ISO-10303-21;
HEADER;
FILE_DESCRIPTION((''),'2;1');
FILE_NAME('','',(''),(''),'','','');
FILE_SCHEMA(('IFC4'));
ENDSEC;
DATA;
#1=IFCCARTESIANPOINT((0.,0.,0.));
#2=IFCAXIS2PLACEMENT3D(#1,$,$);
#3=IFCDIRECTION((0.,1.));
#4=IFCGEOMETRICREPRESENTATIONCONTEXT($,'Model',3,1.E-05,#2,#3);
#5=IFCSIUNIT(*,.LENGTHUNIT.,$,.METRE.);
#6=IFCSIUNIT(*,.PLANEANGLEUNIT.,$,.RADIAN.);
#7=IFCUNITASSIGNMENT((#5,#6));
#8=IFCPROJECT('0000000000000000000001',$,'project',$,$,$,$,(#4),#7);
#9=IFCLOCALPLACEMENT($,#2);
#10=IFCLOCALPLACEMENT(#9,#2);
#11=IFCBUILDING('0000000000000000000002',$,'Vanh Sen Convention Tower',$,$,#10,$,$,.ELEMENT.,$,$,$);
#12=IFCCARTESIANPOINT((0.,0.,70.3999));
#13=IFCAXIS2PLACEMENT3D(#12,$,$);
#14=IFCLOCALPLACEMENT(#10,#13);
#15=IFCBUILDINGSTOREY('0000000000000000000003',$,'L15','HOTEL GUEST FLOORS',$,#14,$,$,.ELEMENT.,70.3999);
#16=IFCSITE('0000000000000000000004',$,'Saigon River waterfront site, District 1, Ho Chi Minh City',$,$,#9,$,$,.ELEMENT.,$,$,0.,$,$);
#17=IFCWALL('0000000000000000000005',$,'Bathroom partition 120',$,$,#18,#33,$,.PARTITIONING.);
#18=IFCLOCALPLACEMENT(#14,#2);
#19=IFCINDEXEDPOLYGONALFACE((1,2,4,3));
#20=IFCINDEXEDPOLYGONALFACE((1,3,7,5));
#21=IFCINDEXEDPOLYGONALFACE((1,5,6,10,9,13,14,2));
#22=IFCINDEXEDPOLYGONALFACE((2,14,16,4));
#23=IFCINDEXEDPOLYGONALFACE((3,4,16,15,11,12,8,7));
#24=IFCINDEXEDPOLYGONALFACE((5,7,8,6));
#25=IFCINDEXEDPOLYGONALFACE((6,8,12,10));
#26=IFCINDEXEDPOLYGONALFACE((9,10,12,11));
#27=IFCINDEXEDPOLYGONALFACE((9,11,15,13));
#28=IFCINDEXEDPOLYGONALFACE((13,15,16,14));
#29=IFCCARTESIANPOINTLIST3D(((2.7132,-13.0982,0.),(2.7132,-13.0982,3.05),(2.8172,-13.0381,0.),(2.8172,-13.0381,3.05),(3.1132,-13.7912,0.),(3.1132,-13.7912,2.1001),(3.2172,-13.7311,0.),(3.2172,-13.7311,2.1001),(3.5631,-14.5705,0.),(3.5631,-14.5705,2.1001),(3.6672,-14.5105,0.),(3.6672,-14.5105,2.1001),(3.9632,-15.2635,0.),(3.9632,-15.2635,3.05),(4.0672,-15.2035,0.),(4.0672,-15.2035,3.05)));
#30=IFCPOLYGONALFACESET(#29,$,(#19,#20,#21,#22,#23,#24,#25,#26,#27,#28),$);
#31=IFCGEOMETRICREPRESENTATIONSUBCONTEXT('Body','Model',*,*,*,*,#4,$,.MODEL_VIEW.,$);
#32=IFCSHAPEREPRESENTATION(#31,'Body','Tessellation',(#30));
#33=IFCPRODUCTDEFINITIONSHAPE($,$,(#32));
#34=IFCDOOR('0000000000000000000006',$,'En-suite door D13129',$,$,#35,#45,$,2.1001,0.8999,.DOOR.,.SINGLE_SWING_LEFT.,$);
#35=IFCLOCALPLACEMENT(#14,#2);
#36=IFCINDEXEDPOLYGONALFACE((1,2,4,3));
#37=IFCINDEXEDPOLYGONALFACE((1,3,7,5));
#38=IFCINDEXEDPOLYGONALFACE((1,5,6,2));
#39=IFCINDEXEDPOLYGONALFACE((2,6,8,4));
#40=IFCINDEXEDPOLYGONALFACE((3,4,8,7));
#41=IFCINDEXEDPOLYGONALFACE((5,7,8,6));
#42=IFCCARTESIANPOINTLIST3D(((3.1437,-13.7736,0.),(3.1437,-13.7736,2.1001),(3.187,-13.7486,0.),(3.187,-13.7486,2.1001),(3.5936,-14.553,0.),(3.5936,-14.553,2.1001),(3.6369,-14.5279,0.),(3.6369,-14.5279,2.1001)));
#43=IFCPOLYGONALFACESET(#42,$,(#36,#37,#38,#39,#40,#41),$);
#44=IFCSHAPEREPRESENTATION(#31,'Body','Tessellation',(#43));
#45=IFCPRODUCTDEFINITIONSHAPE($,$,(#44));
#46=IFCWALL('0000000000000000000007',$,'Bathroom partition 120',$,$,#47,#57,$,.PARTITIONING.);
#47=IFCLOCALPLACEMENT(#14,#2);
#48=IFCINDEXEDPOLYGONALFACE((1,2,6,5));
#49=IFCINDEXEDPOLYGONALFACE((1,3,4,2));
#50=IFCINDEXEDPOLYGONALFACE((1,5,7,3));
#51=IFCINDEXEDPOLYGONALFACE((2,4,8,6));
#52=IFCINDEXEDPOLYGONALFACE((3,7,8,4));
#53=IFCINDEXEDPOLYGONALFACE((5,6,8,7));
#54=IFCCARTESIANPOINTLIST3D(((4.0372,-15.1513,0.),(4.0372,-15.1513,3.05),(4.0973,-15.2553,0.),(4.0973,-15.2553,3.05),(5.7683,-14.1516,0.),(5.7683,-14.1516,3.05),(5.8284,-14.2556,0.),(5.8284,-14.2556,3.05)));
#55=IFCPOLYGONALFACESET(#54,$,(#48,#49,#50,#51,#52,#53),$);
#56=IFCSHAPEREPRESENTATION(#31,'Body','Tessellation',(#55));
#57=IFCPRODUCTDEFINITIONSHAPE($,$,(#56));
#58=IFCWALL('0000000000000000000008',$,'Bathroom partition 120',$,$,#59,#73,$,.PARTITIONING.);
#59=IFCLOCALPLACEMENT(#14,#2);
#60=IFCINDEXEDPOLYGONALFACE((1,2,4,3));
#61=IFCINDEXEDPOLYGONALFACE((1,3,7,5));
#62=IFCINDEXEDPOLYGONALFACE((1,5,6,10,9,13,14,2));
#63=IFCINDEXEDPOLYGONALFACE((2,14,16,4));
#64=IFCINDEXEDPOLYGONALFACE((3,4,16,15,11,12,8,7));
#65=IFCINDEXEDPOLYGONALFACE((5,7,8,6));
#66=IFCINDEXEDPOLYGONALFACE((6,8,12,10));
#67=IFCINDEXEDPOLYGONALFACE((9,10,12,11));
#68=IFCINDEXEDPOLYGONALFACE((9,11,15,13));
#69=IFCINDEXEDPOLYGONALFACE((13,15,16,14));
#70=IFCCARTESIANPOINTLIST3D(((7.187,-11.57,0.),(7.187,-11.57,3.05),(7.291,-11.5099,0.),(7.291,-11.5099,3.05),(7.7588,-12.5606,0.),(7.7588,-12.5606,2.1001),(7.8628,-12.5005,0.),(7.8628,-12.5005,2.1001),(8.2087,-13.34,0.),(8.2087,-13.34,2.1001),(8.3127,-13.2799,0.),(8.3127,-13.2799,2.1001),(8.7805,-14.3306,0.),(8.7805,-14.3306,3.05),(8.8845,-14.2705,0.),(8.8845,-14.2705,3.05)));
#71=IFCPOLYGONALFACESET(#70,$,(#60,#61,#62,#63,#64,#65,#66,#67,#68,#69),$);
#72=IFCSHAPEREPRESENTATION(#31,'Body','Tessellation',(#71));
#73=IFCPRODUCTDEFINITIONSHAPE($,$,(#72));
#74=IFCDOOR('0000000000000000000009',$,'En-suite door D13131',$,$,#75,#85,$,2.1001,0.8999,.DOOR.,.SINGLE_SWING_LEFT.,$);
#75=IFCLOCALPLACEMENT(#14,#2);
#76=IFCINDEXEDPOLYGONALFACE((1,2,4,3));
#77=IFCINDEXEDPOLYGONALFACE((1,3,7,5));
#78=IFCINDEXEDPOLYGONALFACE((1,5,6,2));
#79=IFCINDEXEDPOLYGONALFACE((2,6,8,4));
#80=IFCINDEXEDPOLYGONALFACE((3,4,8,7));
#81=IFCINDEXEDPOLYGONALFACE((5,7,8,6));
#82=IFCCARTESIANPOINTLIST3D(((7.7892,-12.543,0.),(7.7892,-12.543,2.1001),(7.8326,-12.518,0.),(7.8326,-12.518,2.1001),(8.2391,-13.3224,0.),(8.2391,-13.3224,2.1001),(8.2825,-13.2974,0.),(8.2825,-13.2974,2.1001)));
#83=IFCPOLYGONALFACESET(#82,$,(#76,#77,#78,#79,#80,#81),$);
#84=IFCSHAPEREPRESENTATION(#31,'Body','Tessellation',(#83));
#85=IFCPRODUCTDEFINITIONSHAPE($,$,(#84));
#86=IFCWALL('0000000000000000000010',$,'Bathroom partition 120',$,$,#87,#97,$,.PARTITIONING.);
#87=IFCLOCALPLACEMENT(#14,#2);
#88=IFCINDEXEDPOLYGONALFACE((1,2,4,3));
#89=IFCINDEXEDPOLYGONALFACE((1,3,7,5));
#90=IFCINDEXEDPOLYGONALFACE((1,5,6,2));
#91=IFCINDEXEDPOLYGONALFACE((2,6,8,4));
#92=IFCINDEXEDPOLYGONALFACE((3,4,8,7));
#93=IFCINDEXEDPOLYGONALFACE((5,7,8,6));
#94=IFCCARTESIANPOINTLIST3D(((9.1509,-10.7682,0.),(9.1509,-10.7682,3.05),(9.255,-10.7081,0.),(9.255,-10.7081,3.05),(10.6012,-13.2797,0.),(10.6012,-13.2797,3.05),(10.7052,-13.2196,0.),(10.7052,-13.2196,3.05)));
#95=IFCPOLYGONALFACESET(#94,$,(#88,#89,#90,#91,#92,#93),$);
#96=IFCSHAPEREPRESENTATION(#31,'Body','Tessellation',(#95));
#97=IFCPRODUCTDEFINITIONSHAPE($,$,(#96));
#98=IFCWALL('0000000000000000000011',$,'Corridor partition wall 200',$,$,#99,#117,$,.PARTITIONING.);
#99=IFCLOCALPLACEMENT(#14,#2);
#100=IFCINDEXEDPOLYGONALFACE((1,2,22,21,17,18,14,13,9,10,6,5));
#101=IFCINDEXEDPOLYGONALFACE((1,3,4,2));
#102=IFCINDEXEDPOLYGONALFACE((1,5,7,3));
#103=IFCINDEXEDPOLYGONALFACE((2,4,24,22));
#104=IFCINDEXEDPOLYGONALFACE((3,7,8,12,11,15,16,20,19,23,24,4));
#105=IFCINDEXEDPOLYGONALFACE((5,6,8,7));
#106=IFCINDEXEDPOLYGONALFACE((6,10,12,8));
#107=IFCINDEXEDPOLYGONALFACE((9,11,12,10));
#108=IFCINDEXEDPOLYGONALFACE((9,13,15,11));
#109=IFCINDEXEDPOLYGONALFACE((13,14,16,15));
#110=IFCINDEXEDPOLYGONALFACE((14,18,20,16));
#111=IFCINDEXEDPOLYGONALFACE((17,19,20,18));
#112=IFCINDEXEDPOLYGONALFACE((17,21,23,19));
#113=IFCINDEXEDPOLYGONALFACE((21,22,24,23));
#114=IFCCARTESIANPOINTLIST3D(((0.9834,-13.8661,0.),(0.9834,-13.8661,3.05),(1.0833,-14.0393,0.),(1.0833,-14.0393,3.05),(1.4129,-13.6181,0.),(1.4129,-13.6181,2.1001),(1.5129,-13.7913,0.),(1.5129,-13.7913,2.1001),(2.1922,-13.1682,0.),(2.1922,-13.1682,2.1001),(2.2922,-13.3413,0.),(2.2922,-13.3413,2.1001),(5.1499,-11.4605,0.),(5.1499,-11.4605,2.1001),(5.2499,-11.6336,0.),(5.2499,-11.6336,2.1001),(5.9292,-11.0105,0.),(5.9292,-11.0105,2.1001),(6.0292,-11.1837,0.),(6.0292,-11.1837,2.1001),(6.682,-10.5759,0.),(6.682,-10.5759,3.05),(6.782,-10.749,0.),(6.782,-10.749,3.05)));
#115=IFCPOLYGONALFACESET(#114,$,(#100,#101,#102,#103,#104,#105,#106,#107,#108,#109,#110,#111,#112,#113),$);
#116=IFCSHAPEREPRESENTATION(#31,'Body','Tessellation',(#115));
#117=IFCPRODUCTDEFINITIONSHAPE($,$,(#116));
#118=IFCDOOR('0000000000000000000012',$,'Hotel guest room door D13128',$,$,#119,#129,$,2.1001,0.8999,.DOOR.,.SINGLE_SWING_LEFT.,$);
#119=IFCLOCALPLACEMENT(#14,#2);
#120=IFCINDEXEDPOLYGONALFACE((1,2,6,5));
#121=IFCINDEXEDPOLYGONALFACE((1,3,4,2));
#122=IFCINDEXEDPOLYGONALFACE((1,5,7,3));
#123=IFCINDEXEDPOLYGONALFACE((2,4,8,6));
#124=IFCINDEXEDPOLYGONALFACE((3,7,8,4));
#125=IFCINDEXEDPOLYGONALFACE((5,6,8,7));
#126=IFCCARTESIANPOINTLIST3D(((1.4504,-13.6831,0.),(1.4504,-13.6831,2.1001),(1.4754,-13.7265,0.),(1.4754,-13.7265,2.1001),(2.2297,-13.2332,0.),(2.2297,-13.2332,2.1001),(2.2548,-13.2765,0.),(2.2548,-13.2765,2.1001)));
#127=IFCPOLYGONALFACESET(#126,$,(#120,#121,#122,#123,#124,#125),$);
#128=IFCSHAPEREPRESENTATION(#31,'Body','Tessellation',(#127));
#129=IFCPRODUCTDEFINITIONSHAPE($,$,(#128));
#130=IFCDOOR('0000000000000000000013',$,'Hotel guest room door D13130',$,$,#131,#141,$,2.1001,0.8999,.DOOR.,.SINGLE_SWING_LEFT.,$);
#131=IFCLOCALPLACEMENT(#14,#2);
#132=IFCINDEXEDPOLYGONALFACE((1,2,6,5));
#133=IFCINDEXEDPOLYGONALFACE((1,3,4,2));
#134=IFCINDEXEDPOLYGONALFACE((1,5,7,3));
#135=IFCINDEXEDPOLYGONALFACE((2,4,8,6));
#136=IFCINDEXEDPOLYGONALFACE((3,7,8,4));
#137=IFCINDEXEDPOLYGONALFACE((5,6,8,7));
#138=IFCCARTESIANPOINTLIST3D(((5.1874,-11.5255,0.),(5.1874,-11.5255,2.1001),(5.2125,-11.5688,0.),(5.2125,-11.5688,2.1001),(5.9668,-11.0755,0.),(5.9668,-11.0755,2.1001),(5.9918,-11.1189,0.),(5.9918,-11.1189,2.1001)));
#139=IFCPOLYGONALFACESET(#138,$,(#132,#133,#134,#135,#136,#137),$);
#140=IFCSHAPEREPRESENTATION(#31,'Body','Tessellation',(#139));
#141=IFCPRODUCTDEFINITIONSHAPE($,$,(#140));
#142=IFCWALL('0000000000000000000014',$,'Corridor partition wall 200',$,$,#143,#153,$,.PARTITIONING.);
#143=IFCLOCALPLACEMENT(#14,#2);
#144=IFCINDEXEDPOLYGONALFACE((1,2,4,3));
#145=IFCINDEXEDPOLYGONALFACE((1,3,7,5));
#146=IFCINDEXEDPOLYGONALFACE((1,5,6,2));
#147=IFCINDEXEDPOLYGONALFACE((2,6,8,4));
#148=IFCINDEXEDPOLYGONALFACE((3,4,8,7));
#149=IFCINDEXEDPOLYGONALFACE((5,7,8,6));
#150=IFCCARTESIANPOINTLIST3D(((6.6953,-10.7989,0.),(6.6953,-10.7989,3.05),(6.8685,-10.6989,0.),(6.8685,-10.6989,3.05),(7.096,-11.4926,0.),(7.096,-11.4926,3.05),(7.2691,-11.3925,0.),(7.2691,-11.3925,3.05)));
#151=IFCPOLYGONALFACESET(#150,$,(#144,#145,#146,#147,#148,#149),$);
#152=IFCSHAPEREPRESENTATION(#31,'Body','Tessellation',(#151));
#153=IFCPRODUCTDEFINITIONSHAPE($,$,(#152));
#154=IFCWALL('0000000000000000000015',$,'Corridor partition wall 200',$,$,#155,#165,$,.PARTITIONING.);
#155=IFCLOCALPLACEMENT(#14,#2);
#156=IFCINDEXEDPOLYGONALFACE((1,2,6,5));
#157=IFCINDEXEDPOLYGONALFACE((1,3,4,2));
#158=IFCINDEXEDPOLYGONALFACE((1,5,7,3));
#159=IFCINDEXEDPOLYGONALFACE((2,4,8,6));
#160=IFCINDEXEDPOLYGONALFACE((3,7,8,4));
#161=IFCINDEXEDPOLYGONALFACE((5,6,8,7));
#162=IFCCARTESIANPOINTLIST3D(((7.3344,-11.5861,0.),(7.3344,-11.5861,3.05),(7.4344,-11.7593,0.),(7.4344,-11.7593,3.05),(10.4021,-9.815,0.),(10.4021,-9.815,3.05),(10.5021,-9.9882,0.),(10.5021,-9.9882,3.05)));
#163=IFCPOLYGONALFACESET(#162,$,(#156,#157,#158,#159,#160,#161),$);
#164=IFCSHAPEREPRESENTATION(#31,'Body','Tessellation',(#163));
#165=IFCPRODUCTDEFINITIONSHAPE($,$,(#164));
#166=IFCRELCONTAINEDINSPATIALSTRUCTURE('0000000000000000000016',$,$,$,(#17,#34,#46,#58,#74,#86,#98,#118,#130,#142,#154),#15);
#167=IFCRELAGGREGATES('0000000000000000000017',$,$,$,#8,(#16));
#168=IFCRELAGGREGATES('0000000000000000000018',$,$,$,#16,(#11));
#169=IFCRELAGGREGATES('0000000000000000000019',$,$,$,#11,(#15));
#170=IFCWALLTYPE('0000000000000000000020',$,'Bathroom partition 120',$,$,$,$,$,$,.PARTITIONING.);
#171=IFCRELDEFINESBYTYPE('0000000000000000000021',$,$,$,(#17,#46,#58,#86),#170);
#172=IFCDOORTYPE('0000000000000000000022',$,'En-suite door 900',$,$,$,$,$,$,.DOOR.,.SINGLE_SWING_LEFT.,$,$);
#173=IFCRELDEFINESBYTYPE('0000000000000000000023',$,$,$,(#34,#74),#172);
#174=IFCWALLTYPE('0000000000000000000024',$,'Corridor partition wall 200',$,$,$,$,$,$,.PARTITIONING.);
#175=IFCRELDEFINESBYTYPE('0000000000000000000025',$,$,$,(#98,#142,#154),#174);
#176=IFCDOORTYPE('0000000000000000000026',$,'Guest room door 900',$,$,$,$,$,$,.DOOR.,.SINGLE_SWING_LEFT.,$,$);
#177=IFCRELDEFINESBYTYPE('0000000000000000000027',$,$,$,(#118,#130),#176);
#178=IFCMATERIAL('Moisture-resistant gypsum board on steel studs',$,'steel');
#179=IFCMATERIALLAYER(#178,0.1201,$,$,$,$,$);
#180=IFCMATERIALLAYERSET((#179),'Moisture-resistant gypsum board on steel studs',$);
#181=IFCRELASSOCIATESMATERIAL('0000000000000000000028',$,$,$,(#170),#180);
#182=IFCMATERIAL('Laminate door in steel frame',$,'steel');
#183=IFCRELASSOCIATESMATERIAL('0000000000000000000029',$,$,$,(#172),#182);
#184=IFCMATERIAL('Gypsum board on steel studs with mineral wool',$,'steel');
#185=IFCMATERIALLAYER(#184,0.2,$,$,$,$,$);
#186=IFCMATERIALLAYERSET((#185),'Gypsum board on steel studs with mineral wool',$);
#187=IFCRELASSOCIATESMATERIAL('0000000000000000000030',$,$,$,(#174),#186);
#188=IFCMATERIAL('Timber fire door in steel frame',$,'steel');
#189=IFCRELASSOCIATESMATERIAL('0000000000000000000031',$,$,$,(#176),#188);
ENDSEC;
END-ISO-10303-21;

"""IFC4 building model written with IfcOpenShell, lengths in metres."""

from ifc_helpers import new_model, si_unit, direction, frame, frame_2d, origin, place, context, subcontext, project, spatial, rectangle, extrude, material, layer, layer_set, type_object, element, fill, save


model = new_model("IFC4")

# Units and contexts
model_context = context("Model", 3, precision=1e-05, world=origin(), true_north=direction((0.0, 1.0)))
body_context = subcontext(model_context, "Body", "Model", "MODEL_VIEW")
ifc_project = project(units=[si_unit("LENGTHUNIT", "METRE"), si_unit("PLANEANGLEUNIT", "RADIAN")], contexts=[model_context])

# Site, building, storey
site_placement = place(None, origin())
site = spatial("IfcSite", under=ifc_project, at=site_placement, Name="Saigon River waterfront site, District 1, Ho Chi Minh City", CompositionType="ELEMENT", RefElevation=0.0)
building_placement = place(site_placement, origin())
building = spatial("IfcBuilding", under=site, at=building_placement, Name="Vanh Sen Convention Tower", CompositionType="ELEMENT")
storey_placement = place(building_placement, frame((0.0, 0.0, 70.3999)))
storey = spatial("IfcBuildingStorey", under=building, at=storey_placement, Name="L15", Description="HOTEL GUEST FLOORS", CompositionType="ELEMENT", Elevation=70.3999)

# Wall, opening, door
ifc_material_1 = material(Name="Moisture-resistant gypsum board on steel studs", Category="steel")
ifc_layer_1 = layer(ifc_material_1, 0.1201)
ifc_layer_set_1 = layer_set([ifc_layer_1], Name="Moisture-resistant gypsum board on steel studs")
wall_type_1 = type_object("IfcWallType", Name="Bathroom partition 120", PredefinedType="PARTITIONING", material=ifc_layer_set_1)
wall_1_placement = place(storey_placement, frame((4.0151, -15.2334, 0.0), z_axis=(0.0, 0.0, 1.0), x_axis=(-0.499962, 0.866047, 0.0)))
wall_1 = element("IfcWall", 1, at=wall_1_placement, inside=storey, type_object=wall_type_1, Name="Bathroom partition 120", PredefinedType="PARTITIONING", context=body_context, shape_type="SweptSolid", body=[
    extrude(rectangle(XDim=2.5002, YDim=0.1201, at=frame_2d((1.25, 0.0))), origin(), (0.0, 0.0, 1.0), 3.05),
])
opening_1_placement = place(wall_1_placement, frame((0.8, 0.0, 0.0)))
opening_1 = element("IfcOpeningElement", 2, at=opening_1_placement, cuts=wall_1, PredefinedType="OPENING", context=body_context, shape_type="SweptSolid", body=[
    extrude(rectangle(XDim=0.8999, YDim=2.1001, at=frame_2d((0.45, 1.05))), frame((0.0, 0.0701, 0.0), z_axis=(0.0, -1.0, 0.0), x_axis=(1.0, 0.0, 0.0)), (0.0, 0.0, 1.0), 0.1401),
])
ifc_material_2 = material(Name="Laminate door in steel frame", Category="steel")
door_type_1 = type_object("IfcDoorType", Name="En-suite door 900", OperationType="SINGLE_SWING_LEFT", PredefinedType="DOOR", material=ifc_material_2)
door_1_placement = place(opening_1_placement, origin())
door_1 = element("IfcDoor", 3, at=door_1_placement, inside=storey, type_object=door_type_1, Name="En-suite door D13129", OperationType="SINGLE_SWING_LEFT", OverallHeight=2.1001, OverallWidth=0.8999, PredefinedType="DOOR", context=body_context, shape_type="SweptSolid", body=[
    extrude(rectangle(XDim=0.8999, YDim=2.1001, at=frame_2d((0.45, 1.05))), frame((0.0, 0.0249, 0.0), z_axis=(0.0, -1.0, 0.0), x_axis=(1.0, 0.0, 0.0)), (0.0, 0.0, 1.0), 0.05),
])
fill(opening_1, door_1)

# Wall
wall_2_placement = place(storey_placement, frame((5.7983, -14.2036, 0.0), z_axis=(0.0, 0.0, 1.0), x_axis=(-0.865972, -0.500092, 0.0)))
element("IfcWall", 4, at=wall_2_placement, inside=storey, type_object=wall_type_1, Name="Bathroom partition 120", PredefinedType="PARTITIONING", context=body_context, shape_type="SweptSolid", body=[
    extrude(rectangle(XDim=1.999, YDim=0.1201, at=frame_2d((0.9995, 0.0))), origin(), (0.0, 0.0, 1.0), 3.05),
])

# Wall, opening, door
wall_3_placement = place(storey_placement, frame((8.8325, -14.3005, 0.0), z_axis=(0.0, 0.0, 1.0), x_axis=(-0.499937, 0.866062, 0.0)))
wall_3 = element("IfcWall", 5, at=wall_3_placement, inside=storey, type_object=wall_type_1, Name="Bathroom partition 120", PredefinedType="PARTITIONING", context=body_context, shape_type="SweptSolid", body=[
    extrude(rectangle(XDim=3.1875, YDim=0.1201, at=frame_2d((1.5938, 0.0))), origin(), (0.0, 0.0, 1.0), 3.05),
])
opening_2_placement = place(wall_3_placement, frame((1.1438, 0.0, 0.0)))
opening_2 = element("IfcOpeningElement", 6, at=opening_2_placement, cuts=wall_3, PredefinedType="OPENING", context=body_context, shape_type="SweptSolid", body=[
    extrude(rectangle(XDim=0.8999, YDim=2.1001, at=frame_2d((0.45, 1.05))), frame((0.0, 0.0701, 0.0), z_axis=(0.0, -1.0, 0.0), x_axis=(1.0, 0.0, 0.0)), (0.0, 0.0, 1.0), 0.1401),
])
door_2_placement = place(opening_2_placement, origin())
door_2 = element("IfcDoor", 7, at=door_2_placement, inside=storey, type_object=door_type_1, Name="En-suite door D13131", OperationType="SINGLE_SWING_LEFT", OverallHeight=2.1001, OverallWidth=0.8999, PredefinedType="DOOR", context=body_context, shape_type="SweptSolid", body=[
    extrude(rectangle(XDim=0.8999, YDim=2.1001, at=frame_2d((0.45, 1.05))), frame((0.0, 0.0249, 0.0), z_axis=(0.0, -1.0, 0.0), x_axis=(1.0, 0.0, 0.0)), (0.0, 0.0, 1.0), 0.05),
])
fill(opening_2, door_2)

# Wall
wall_4_placement = place(storey_placement, frame((9.2029, -10.738, 0.0), z_axis=(0.0, 0.0, 1.0), x_axis=(0.50005, -0.865996, 0.0)))
element("IfcWall", 8, at=wall_4_placement, inside=storey, type_object=wall_type_1, Name="Bathroom partition 120", PredefinedType="PARTITIONING", context=body_context, shape_type="SweptSolid", body=[
    extrude(rectangle(XDim=2.9001, YDim=0.1201, at=frame_2d((1.4502, 0.0))), origin(), (0.0, 0.0, 1.0), 3.05),
])

# Wall, openings, doors
ifc_material_3 = material(Name="Gypsum board on steel studs with mineral wool", Category="steel")
ifc_layer_2 = layer(ifc_material_3, 0.2)
ifc_layer_set_2 = layer_set([ifc_layer_2], Name="Gypsum board on steel studs with mineral wool")
wall_type_2 = type_object("IfcWallType", Name="Corridor partition wall 200", PredefinedType="PARTITIONING", material=ifc_layer_set_2)
wall_5_placement = place(storey_placement, frame((1.0334, -13.9526, 0.0), z_axis=(0.0, 0.0, 1.0), x_axis=(0.866018, 0.500014, 0.0)))
wall_5 = element("IfcWall", 9, at=wall_5_placement, inside=storey, type_object=wall_type_2, Name="Corridor partition wall 200", PredefinedType="PARTITIONING", context=body_context, shape_type="SweptSolid", body=[
    extrude(rectangle(XDim=6.5803, YDim=0.2, at=frame_2d((3.29, 0.0))), origin(), (0.0, 0.0, 1.0), 3.05),
])
opening_3_placement = place(wall_5_placement, frame((0.4958, 0.0, 0.0)))
opening_3 = element("IfcOpeningElement", 10, at=opening_3_placement, cuts=wall_5, PredefinedType="OPENING", context=body_context, shape_type="SweptSolid", body=[
    extrude(rectangle(XDim=0.8999, YDim=2.1001, at=frame_2d((0.45, 1.05))), frame((0.0, 0.1099, 0.0), z_axis=(0.0, -1.0, 0.0), x_axis=(1.0, 0.0, 0.0)), (0.0, 0.0, 1.0), 0.22),
])
opening_4_placement = place(wall_5_placement, frame((4.811, 0.0, 0.0)))
opening_4 = element("IfcOpeningElement", 11, at=opening_4_placement, cuts=wall_5, PredefinedType="OPENING", context=body_context, shape_type="SweptSolid", body=[
    extrude(rectangle(XDim=0.8999, YDim=2.1001, at=frame_2d((0.45, 1.05))), frame((0.0, 0.1099, 0.0), z_axis=(0.0, -1.0, 0.0), x_axis=(1.0, 0.0, 0.0)), (0.0, 0.0, 1.0), 0.22),
])
ifc_material_4 = material(Name="Timber fire door in steel frame", Category="steel")
door_type_2 = type_object("IfcDoorType", Name="Guest room door 900", OperationType="SINGLE_SWING_LEFT", PredefinedType="DOOR", material=ifc_material_4)
door_3_placement = place(opening_3_placement, origin())
door_3 = element("IfcDoor", 12, at=door_3_placement, inside=storey, type_object=door_type_2, Name="Hotel guest room door D13128", OperationType="SINGLE_SWING_LEFT", OverallHeight=2.1001, OverallWidth=0.8999, PredefinedType="DOOR", context=body_context, shape_type="SweptSolid", body=[
    extrude(rectangle(XDim=0.8999, YDim=2.1001, at=frame_2d((0.45, 1.05))), frame((0.0, 0.0249, 0.0), z_axis=(0.0, -1.0, 0.0), x_axis=(1.0, 0.0, 0.0)), (0.0, 0.0, 1.0), 0.05),
])
fill(opening_3, door_3)
door_4_placement = place(opening_4_placement, origin())
door_4 = element("IfcDoor", 13, at=door_4_placement, inside=storey, type_object=door_type_2, Name="Hotel guest room door D13130", OperationType="SINGLE_SWING_LEFT", OverallHeight=2.1001, OverallWidth=0.8999, PredefinedType="DOOR", context=body_context, shape_type="SweptSolid", body=[
    extrude(rectangle(XDim=0.8999, YDim=2.1001, at=frame_2d((0.45, 1.05))), frame((0.0, 0.0249, 0.0), z_axis=(0.0, -1.0, 0.0), x_axis=(1.0, 0.0, 0.0)), (0.0, 0.0, 1.0), 0.05),
])
fill(opening_4, door_4)

# Walls
wall_6_placement = place(storey_placement, frame((6.782, -10.749, 0.0), z_axis=(0.0, 0.0, 1.0), x_axis=(0.500171, -0.865927, 0.0)))
element("IfcWall", 14, at=wall_6_placement, inside=storey, type_object=wall_type_2, Name="Corridor partition wall 200", PredefinedType="PARTITIONING", context=body_context, shape_type="SweptSolid", body=[
    extrude(rectangle(XDim=0.801, YDim=0.2, at=frame_2d((0.4004, 0.0))), origin(), (0.0, 0.0, 1.0), 3.05),
])
wall_7_placement = place(storey_placement, frame((7.3845, -11.6726, 0.0), z_axis=(0.0, 0.0, 1.0), x_axis=(0.866038, 0.499979, 0.0)))
element("IfcWall", 15, at=wall_7_placement, inside=storey, type_object=wall_type_2, Name="Corridor partition wall 200", PredefinedType="PARTITIONING", context=body_context, shape_type="SweptSolid", body=[
    extrude(rectangle(XDim=3.5422, YDim=0.2, at=frame_2d((1.771, 0.0))), origin(), (0.0, 0.0, 1.0), 3.05),
])

save(model, "model.ifc")
